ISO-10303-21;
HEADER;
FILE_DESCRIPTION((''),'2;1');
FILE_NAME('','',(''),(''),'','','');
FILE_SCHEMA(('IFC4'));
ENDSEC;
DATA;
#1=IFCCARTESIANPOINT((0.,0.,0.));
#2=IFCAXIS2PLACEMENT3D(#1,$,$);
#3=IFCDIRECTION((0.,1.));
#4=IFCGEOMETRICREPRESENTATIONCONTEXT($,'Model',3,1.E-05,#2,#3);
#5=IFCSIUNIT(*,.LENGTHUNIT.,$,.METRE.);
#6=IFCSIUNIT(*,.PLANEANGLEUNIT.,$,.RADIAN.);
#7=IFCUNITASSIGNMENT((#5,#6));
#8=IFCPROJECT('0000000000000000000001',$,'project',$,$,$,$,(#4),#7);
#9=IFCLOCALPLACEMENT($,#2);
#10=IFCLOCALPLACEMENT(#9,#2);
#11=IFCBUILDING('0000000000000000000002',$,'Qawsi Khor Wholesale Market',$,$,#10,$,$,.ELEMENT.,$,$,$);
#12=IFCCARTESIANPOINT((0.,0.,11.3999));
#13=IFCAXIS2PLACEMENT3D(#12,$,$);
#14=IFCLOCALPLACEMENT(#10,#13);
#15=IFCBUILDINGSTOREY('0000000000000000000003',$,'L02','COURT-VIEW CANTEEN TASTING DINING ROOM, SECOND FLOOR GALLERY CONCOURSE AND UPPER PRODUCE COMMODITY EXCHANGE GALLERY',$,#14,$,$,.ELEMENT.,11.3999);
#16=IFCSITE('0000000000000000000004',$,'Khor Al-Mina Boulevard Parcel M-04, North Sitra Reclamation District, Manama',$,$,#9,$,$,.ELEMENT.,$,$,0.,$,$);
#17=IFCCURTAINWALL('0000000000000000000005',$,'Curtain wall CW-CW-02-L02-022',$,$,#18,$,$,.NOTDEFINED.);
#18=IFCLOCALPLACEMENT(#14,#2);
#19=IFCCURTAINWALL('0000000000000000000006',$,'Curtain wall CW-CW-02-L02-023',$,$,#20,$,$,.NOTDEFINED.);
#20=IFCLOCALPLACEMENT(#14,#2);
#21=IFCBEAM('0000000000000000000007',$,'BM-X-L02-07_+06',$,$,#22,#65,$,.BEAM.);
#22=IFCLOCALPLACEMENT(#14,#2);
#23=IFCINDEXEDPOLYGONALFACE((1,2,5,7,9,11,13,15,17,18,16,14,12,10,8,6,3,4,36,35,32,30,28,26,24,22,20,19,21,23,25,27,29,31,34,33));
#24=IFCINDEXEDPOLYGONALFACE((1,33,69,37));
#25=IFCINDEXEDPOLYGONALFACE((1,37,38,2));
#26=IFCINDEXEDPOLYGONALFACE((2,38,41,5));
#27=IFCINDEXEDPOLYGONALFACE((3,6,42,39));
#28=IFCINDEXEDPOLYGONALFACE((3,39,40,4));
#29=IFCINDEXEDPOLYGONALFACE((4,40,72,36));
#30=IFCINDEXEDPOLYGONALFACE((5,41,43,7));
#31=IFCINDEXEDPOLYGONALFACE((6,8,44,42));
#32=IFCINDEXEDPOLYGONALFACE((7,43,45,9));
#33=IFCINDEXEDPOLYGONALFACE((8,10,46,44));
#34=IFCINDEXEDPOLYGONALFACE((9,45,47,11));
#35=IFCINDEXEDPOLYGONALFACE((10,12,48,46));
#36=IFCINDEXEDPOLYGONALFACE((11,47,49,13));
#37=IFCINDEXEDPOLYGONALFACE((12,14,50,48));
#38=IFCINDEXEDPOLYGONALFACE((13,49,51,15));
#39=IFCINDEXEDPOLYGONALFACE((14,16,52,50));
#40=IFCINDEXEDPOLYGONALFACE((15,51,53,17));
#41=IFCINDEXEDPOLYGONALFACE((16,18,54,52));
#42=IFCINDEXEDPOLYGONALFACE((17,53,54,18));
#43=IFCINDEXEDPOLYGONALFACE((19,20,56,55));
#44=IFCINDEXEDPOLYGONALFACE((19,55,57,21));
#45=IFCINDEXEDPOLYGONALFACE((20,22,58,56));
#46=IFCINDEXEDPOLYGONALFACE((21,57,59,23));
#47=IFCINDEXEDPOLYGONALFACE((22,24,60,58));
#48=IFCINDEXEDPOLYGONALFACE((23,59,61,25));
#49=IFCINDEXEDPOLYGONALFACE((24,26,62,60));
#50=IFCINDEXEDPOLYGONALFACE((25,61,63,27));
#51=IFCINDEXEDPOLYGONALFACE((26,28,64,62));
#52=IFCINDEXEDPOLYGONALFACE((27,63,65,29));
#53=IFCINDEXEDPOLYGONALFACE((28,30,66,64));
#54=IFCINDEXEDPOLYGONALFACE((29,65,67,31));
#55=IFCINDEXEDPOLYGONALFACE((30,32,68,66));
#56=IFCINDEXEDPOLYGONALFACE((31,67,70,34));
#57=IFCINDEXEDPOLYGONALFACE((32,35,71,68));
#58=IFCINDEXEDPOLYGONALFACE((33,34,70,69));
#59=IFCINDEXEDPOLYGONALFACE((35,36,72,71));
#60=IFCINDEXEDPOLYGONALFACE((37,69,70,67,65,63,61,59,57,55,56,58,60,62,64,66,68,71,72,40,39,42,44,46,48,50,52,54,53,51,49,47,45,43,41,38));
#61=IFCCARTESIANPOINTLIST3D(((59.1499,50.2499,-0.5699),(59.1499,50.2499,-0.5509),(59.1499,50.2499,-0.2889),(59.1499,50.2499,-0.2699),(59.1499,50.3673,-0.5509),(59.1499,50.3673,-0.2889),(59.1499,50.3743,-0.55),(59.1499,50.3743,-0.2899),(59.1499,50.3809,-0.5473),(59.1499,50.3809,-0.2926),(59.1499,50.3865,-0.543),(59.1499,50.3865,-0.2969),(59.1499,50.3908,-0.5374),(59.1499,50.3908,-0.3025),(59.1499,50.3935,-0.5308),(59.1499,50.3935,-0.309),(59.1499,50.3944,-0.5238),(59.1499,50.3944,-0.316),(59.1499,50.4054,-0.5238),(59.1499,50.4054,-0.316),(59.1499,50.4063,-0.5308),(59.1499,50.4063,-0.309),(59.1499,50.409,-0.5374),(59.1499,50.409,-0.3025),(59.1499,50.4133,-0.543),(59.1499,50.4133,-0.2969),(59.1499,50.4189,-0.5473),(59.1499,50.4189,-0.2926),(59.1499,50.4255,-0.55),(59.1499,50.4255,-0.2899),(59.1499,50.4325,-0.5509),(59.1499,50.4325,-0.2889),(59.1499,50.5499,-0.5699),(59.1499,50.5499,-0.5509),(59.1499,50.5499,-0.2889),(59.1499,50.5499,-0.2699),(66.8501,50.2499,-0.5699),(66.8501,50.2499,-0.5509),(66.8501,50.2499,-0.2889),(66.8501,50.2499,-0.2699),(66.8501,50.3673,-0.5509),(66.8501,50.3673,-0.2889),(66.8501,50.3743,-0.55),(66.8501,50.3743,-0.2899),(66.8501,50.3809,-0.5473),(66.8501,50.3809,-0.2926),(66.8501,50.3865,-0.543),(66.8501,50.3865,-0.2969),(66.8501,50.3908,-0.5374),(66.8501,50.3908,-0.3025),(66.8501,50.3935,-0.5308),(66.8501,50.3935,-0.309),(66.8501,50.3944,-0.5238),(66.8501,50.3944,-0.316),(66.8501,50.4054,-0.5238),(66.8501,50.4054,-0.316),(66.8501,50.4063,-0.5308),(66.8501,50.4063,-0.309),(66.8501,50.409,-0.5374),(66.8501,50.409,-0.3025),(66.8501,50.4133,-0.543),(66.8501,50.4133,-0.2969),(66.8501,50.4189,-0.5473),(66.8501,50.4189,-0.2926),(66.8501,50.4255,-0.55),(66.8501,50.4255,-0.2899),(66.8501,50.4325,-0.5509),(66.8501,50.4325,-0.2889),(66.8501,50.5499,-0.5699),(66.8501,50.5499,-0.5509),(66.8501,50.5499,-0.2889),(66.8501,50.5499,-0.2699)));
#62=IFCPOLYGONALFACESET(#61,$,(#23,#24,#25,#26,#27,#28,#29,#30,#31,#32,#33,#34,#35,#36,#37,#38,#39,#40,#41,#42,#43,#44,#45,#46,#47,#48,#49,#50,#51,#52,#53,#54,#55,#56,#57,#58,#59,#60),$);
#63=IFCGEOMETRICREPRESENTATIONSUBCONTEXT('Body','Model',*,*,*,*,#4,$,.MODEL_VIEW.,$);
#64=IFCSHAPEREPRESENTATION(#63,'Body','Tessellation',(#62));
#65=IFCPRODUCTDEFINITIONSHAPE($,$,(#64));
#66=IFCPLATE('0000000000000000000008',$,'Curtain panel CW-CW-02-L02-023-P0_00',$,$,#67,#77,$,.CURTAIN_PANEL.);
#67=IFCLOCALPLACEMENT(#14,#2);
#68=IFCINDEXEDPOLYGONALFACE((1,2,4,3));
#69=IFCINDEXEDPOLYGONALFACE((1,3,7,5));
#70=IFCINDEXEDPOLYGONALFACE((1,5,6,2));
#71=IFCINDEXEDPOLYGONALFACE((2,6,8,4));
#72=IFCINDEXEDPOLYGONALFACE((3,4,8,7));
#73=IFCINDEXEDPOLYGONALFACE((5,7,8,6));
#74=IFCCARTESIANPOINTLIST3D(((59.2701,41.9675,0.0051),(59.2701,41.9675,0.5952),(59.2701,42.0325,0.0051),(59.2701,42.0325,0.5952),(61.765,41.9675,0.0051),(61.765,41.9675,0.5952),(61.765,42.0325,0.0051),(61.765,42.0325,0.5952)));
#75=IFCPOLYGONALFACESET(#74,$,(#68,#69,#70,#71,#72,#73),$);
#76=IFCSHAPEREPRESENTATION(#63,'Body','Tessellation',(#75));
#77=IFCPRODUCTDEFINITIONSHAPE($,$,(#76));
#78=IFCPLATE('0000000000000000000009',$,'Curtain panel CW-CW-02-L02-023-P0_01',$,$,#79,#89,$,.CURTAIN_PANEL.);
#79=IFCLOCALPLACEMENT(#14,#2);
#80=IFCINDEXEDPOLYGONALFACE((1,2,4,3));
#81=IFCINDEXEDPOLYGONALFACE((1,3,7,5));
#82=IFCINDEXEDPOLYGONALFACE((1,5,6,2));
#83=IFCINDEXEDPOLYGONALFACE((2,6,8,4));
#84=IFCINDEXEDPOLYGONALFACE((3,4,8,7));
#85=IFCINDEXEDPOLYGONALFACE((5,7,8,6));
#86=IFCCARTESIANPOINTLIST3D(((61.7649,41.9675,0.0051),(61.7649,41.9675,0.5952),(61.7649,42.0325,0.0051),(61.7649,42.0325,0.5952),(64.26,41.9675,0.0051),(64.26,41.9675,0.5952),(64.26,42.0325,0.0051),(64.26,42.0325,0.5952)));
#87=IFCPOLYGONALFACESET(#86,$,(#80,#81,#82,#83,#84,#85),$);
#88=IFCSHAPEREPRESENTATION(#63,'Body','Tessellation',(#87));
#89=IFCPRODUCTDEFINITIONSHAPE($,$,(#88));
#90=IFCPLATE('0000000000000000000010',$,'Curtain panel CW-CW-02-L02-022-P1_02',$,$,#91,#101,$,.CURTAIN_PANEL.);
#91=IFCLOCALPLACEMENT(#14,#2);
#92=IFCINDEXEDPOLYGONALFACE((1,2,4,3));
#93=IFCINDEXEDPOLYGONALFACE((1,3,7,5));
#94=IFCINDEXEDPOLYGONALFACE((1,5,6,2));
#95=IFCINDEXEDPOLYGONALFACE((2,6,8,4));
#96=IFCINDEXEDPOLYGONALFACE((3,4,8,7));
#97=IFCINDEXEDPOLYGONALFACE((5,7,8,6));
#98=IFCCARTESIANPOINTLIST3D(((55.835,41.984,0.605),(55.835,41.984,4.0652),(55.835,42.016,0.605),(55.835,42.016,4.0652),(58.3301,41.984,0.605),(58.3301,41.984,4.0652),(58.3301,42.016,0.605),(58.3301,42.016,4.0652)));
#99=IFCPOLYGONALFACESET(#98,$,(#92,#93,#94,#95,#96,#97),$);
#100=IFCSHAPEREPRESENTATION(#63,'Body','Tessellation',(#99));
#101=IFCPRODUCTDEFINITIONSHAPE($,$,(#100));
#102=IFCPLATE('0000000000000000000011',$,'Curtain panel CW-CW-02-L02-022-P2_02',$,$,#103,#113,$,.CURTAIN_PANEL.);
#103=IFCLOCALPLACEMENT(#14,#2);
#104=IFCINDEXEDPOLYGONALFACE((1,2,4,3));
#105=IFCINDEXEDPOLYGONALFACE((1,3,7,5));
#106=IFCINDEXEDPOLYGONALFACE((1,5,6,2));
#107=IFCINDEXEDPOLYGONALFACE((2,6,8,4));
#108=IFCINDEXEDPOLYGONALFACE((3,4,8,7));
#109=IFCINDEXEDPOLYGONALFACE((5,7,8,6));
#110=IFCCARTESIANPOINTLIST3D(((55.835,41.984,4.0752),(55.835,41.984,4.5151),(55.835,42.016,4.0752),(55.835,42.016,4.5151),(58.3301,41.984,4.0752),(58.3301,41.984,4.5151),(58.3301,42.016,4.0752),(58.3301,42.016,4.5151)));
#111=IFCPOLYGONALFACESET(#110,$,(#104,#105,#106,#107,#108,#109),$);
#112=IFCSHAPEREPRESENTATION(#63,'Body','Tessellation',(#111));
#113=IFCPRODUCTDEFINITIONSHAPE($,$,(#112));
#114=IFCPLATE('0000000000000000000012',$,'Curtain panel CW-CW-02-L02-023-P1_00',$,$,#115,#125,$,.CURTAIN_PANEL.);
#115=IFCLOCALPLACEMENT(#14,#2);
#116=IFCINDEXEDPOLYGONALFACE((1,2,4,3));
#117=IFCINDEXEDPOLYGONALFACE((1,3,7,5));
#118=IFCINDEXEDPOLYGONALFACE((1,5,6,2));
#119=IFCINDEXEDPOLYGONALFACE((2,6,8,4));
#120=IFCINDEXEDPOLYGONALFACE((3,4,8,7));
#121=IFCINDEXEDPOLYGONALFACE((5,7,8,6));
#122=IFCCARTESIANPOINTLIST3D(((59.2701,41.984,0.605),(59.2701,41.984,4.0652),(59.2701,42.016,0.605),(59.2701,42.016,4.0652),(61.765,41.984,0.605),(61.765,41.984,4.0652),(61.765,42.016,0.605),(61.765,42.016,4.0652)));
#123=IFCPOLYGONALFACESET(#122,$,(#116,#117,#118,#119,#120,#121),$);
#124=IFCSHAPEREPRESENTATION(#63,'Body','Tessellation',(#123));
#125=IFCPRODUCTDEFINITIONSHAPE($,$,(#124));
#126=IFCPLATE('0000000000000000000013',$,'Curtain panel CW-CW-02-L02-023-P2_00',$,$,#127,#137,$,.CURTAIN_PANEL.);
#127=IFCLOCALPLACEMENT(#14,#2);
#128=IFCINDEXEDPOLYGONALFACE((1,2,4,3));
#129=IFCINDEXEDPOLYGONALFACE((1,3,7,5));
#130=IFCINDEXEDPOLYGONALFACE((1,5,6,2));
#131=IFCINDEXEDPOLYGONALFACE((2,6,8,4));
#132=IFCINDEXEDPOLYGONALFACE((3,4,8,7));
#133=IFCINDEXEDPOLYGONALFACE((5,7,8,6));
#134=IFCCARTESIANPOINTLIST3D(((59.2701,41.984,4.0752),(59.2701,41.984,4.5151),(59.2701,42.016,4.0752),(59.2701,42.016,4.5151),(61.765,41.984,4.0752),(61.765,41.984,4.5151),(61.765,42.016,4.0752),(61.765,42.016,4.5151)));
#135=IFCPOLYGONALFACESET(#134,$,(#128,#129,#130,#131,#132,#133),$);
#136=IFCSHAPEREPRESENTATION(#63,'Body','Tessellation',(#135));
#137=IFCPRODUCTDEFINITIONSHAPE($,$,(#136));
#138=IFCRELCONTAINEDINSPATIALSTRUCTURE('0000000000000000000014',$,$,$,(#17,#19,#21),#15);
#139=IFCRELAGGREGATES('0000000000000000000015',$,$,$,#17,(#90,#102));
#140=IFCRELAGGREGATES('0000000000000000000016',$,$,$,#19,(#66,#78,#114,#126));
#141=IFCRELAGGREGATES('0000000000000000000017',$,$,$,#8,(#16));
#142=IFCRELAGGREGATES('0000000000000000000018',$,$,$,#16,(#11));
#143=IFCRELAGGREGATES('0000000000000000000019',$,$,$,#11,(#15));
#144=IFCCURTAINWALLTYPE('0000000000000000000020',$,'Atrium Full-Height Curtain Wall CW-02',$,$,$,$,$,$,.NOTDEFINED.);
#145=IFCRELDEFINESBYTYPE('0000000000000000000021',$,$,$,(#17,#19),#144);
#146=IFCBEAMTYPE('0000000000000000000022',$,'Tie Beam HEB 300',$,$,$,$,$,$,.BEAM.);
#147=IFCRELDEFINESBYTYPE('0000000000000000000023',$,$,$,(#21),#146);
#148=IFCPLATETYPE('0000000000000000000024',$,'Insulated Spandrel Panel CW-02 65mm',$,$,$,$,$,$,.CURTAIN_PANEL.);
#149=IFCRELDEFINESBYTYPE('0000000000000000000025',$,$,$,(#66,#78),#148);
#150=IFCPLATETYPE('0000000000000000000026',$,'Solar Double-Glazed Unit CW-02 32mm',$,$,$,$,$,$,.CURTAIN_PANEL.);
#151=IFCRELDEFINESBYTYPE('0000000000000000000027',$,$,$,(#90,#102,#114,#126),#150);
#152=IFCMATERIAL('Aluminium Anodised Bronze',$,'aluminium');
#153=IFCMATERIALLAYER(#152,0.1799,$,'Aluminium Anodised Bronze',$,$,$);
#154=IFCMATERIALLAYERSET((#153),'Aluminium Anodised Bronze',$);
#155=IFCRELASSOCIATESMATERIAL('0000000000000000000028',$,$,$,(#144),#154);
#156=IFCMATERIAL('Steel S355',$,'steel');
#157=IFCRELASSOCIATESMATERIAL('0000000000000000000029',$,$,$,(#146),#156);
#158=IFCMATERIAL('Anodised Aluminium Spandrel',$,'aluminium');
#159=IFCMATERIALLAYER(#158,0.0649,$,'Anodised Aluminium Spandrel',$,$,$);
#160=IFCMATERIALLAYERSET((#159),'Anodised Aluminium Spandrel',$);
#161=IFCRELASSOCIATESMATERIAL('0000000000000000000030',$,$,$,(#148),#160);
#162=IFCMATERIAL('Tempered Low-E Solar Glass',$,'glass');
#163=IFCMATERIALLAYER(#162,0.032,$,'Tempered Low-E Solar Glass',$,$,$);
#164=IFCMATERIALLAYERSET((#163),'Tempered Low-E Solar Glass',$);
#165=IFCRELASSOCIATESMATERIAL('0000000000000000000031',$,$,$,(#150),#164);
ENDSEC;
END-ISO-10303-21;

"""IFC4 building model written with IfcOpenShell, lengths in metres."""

from ifc_helpers import new_model, si_unit, direction, frame, frame_2d, origin, origin_2d, place, context, subcontext, project, spatial, rectangle, i_section, extrude, material, layer, layer_set, material_profile, profile_set, type_object, element, aggregate, save


model = new_model("IFC4")

# Units and contexts
model_context = context("Model", 3, precision=1e-05, world=origin(), true_north=direction((0.0, 1.0)))
body_context = subcontext(model_context, "Body", "Model", "MODEL_VIEW")
ifc_project = project(units=[si_unit("LENGTHUNIT", "METRE"), si_unit("PLANEANGLEUNIT", "RADIAN")], contexts=[model_context])

# Site, building, storey
site_placement = place(None, origin())
site = spatial("IfcSite", under=ifc_project, at=site_placement, Name="Khor Al-Mina Boulevard Parcel M-04, North Sitra Reclamation District, Manama", CompositionType="ELEMENT", RefElevation=0.0)
building_placement = place(site_placement, origin())
building = spatial("IfcBuilding", under=site, at=building_placement, Name="Qawsi Khor Wholesale Market", CompositionType="ELEMENT")
storey_placement = place(building_placement, frame((0.0, 0.0, 11.3999)))
storey = spatial("IfcBuildingStorey", under=building, at=storey_placement, Name="L02", Description="COURT-VIEW CANTEEN TASTING DINING ROOM, SECOND FLOOR GALLERY CONCOURSE AND UPPER PRODUCE COMMODITY EXCHANGE GALLERY", CompositionType="ELEMENT", Elevation=11.3999)

# Curtain wall
ifc_material_1 = material(Name="Aluminium Anodised Bronze", Category="aluminium")
ifc_layer_1 = layer(ifc_material_1, 0.1799, Name="Aluminium Anodised Bronze")
ifc_layer_set_1 = layer_set([ifc_layer_1], Name="Aluminium Anodised Bronze")
curtain_wall_type = type_object("IfcCurtainWallType", Name="Atrium Full-Height Curtain Wall CW-02", PredefinedType="NOTDEFINED", material=ifc_layer_set_1)
curtain_wall_1_placement = place(storey_placement, origin())
curtain_wall_1 = element("IfcCurtainWall", 1, at=curtain_wall_1_placement, inside=storey, type_object=curtain_wall_type, Name="Curtain wall CW-CW-02-L02-022", PredefinedType="NOTDEFINED")

# Curtain wall
curtain_wall_2_placement = place(storey_placement, origin())
curtain_wall_2 = element("IfcCurtainWall", 2, at=curtain_wall_2_placement, inside=storey, type_object=curtain_wall_type, Name="Curtain wall CW-CW-02-L02-023", PredefinedType="NOTDEFINED")

# Beam
ifc_material_2 = material(Name="Steel S355", Category="steel")
ifc_material_profile_1 = material_profile(ifc_material_2, i_section(OverallWidth=0.3, OverallDepth=0.3, WebThickness=0.011, FlangeThickness=0.019, FilletRadius=0.0271, at=origin_2d()), Name="HEB 300")
ifc_profile_set_1 = profile_set([ifc_material_profile_1], Name="Steel S355")
beam_type_1 = type_object("IfcBeamType", Name="Tie Beam HEB 300", PredefinedType="BEAM", material=ifc_profile_set_1)
beam_1_placement = place(storey_placement, frame((59.1499, 50.3999, -0.4199), z_axis=(1.0, 0.0, 0.0), x_axis=(0.0, 1.0, 0.0)))
element("IfcBeam", 3, at=beam_1_placement, inside=storey, type_object=beam_type_1, Name="BM-X-L02-07_+06", PredefinedType="BEAM", context=body_context, shape_type="SweptSolid", body=[
    extrude(i_section(OverallWidth=0.3, OverallDepth=0.3, WebThickness=0.011, FlangeThickness=0.019, FilletRadius=0.0271, at=origin_2d()), origin(), (0.0, 0.0, 1.0), 7.7002),
])

# Plates
ifc_material_3 = material(Name="Anodised Aluminium Spandrel", Category="aluminium")
ifc_layer_2 = layer(ifc_material_3, 0.0649, Name="Anodised Aluminium Spandrel")
ifc_layer_set_2 = layer_set([ifc_layer_2], Name="Anodised Aluminium Spandrel")
plate_type_1 = type_object("IfcPlateType", Name="Insulated Spandrel Panel CW-02 65mm", PredefinedType="CURTAIN_PANEL", material=ifc_layer_set_2)
plate_1_placement = place(storey_placement, frame((59.27, 42.0, 0.0051), z_axis=(0.0, 0.0, 1.0), x_axis=(1.0, 0.0, 0.0)))
plate_1 = element("IfcPlate", 4, at=plate_1_placement, type_object=plate_type_1, Name="Curtain panel CW-CW-02-L02-023-P0_00", PredefinedType="CURTAIN_PANEL", context=body_context, shape_type="SweptSolid", body=[
    extrude(rectangle(XDim=2.4949, YDim=0.0649, at=frame_2d((1.2476, 0.0))), origin(), (0.0, 0.0, 1.0), 0.5901),
])
plate_2_placement = place(storey_placement, frame((61.7649, 42.0, 0.0051), z_axis=(0.0, 0.0, 1.0), x_axis=(1.0, 0.0, 0.0)))
plate_2 = element("IfcPlate", 5, at=plate_2_placement, type_object=plate_type_1, Name="Curtain panel CW-CW-02-L02-023-P0_01", PredefinedType="CURTAIN_PANEL", context=body_context, shape_type="SweptSolid", body=[
    extrude(rectangle(XDim=2.4951, YDim=0.0649, at=frame_2d((1.2476, 0.0))), origin(), (0.0, 0.0, 1.0), 0.5901),
])
ifc_material_4 = material(Name="Tempered Low-E Solar Glass", Category="glass")
ifc_layer_3 = layer(ifc_material_4, 0.032, Name="Tempered Low-E Solar Glass")
ifc_layer_set_3 = layer_set([ifc_layer_3], Name="Tempered Low-E Solar Glass")
plate_type_2 = type_object("IfcPlateType", Name="Solar Double-Glazed Unit CW-02 32mm", PredefinedType="CURTAIN_PANEL", material=ifc_layer_set_3)
plate_3_placement = place(storey_placement, frame((55.835, 42.0, 0.605), z_axis=(0.0, 0.0, 1.0), x_axis=(1.0, 0.0, 0.0)))
plate_3 = element("IfcPlate", 6, at=plate_3_placement, type_object=plate_type_2, Name="Curtain panel CW-CW-02-L02-022-P1_02", PredefinedType="CURTAIN_PANEL", context=body_context, shape_type="SweptSolid", body=[
    extrude(rectangle(XDim=2.4951, YDim=0.032, at=frame_2d((1.2476, 0.0))), origin(), (0.0, 0.0, 1.0), 3.4602),
])
plate_4_placement = place(storey_placement, frame((55.835, 42.0, 4.0752), z_axis=(0.0, 0.0, 1.0), x_axis=(1.0, 0.0, 0.0)))
plate_4 = element("IfcPlate", 7, at=plate_4_placement, type_object=plate_type_2, Name="Curtain panel CW-CW-02-L02-022-P2_02", PredefinedType="CURTAIN_PANEL", context=body_context, shape_type="SweptSolid", body=[
    extrude(rectangle(XDim=2.4951, YDim=0.032, at=frame_2d((1.2476, 0.0))), origin(), (0.0, 0.0, 1.0), 0.4399),
])
aggregate(curtain_wall_1, [plate_3, plate_4])
plate_5_placement = place(storey_placement, frame((59.27, 42.0, 0.605), z_axis=(0.0, 0.0, 1.0), x_axis=(1.0, 0.0, 0.0)))
plate_5 = element("IfcPlate", 8, at=plate_5_placement, type_object=plate_type_2, Name="Curtain panel CW-CW-02-L02-023-P1_00", PredefinedType="CURTAIN_PANEL", context=body_context, shape_type="SweptSolid", body=[
    extrude(rectangle(XDim=2.4949, YDim=0.032, at=frame_2d((1.2476, 0.0))), origin(), (0.0, 0.0, 1.0), 3.4602),
])
plate_6_placement = place(storey_placement, frame((59.27, 42.0, 4.0752), z_axis=(0.0, 0.0, 1.0), x_axis=(1.0, 0.0, 0.0)))
plate_6 = element("IfcPlate", 9, at=plate_6_placement, type_object=plate_type_2, Name="Curtain panel CW-CW-02-L02-023-P2_00", PredefinedType="CURTAIN_PANEL", context=body_context, shape_type="SweptSolid", body=[
    extrude(rectangle(XDim=2.4949, YDim=0.032, at=frame_2d((1.2476, 0.0))), origin(), (0.0, 0.0, 1.0), 0.4399),
])
aggregate(curtain_wall_2, [plate_1, plate_2, plate_5, plate_6])

save(model, "model.ifc")
